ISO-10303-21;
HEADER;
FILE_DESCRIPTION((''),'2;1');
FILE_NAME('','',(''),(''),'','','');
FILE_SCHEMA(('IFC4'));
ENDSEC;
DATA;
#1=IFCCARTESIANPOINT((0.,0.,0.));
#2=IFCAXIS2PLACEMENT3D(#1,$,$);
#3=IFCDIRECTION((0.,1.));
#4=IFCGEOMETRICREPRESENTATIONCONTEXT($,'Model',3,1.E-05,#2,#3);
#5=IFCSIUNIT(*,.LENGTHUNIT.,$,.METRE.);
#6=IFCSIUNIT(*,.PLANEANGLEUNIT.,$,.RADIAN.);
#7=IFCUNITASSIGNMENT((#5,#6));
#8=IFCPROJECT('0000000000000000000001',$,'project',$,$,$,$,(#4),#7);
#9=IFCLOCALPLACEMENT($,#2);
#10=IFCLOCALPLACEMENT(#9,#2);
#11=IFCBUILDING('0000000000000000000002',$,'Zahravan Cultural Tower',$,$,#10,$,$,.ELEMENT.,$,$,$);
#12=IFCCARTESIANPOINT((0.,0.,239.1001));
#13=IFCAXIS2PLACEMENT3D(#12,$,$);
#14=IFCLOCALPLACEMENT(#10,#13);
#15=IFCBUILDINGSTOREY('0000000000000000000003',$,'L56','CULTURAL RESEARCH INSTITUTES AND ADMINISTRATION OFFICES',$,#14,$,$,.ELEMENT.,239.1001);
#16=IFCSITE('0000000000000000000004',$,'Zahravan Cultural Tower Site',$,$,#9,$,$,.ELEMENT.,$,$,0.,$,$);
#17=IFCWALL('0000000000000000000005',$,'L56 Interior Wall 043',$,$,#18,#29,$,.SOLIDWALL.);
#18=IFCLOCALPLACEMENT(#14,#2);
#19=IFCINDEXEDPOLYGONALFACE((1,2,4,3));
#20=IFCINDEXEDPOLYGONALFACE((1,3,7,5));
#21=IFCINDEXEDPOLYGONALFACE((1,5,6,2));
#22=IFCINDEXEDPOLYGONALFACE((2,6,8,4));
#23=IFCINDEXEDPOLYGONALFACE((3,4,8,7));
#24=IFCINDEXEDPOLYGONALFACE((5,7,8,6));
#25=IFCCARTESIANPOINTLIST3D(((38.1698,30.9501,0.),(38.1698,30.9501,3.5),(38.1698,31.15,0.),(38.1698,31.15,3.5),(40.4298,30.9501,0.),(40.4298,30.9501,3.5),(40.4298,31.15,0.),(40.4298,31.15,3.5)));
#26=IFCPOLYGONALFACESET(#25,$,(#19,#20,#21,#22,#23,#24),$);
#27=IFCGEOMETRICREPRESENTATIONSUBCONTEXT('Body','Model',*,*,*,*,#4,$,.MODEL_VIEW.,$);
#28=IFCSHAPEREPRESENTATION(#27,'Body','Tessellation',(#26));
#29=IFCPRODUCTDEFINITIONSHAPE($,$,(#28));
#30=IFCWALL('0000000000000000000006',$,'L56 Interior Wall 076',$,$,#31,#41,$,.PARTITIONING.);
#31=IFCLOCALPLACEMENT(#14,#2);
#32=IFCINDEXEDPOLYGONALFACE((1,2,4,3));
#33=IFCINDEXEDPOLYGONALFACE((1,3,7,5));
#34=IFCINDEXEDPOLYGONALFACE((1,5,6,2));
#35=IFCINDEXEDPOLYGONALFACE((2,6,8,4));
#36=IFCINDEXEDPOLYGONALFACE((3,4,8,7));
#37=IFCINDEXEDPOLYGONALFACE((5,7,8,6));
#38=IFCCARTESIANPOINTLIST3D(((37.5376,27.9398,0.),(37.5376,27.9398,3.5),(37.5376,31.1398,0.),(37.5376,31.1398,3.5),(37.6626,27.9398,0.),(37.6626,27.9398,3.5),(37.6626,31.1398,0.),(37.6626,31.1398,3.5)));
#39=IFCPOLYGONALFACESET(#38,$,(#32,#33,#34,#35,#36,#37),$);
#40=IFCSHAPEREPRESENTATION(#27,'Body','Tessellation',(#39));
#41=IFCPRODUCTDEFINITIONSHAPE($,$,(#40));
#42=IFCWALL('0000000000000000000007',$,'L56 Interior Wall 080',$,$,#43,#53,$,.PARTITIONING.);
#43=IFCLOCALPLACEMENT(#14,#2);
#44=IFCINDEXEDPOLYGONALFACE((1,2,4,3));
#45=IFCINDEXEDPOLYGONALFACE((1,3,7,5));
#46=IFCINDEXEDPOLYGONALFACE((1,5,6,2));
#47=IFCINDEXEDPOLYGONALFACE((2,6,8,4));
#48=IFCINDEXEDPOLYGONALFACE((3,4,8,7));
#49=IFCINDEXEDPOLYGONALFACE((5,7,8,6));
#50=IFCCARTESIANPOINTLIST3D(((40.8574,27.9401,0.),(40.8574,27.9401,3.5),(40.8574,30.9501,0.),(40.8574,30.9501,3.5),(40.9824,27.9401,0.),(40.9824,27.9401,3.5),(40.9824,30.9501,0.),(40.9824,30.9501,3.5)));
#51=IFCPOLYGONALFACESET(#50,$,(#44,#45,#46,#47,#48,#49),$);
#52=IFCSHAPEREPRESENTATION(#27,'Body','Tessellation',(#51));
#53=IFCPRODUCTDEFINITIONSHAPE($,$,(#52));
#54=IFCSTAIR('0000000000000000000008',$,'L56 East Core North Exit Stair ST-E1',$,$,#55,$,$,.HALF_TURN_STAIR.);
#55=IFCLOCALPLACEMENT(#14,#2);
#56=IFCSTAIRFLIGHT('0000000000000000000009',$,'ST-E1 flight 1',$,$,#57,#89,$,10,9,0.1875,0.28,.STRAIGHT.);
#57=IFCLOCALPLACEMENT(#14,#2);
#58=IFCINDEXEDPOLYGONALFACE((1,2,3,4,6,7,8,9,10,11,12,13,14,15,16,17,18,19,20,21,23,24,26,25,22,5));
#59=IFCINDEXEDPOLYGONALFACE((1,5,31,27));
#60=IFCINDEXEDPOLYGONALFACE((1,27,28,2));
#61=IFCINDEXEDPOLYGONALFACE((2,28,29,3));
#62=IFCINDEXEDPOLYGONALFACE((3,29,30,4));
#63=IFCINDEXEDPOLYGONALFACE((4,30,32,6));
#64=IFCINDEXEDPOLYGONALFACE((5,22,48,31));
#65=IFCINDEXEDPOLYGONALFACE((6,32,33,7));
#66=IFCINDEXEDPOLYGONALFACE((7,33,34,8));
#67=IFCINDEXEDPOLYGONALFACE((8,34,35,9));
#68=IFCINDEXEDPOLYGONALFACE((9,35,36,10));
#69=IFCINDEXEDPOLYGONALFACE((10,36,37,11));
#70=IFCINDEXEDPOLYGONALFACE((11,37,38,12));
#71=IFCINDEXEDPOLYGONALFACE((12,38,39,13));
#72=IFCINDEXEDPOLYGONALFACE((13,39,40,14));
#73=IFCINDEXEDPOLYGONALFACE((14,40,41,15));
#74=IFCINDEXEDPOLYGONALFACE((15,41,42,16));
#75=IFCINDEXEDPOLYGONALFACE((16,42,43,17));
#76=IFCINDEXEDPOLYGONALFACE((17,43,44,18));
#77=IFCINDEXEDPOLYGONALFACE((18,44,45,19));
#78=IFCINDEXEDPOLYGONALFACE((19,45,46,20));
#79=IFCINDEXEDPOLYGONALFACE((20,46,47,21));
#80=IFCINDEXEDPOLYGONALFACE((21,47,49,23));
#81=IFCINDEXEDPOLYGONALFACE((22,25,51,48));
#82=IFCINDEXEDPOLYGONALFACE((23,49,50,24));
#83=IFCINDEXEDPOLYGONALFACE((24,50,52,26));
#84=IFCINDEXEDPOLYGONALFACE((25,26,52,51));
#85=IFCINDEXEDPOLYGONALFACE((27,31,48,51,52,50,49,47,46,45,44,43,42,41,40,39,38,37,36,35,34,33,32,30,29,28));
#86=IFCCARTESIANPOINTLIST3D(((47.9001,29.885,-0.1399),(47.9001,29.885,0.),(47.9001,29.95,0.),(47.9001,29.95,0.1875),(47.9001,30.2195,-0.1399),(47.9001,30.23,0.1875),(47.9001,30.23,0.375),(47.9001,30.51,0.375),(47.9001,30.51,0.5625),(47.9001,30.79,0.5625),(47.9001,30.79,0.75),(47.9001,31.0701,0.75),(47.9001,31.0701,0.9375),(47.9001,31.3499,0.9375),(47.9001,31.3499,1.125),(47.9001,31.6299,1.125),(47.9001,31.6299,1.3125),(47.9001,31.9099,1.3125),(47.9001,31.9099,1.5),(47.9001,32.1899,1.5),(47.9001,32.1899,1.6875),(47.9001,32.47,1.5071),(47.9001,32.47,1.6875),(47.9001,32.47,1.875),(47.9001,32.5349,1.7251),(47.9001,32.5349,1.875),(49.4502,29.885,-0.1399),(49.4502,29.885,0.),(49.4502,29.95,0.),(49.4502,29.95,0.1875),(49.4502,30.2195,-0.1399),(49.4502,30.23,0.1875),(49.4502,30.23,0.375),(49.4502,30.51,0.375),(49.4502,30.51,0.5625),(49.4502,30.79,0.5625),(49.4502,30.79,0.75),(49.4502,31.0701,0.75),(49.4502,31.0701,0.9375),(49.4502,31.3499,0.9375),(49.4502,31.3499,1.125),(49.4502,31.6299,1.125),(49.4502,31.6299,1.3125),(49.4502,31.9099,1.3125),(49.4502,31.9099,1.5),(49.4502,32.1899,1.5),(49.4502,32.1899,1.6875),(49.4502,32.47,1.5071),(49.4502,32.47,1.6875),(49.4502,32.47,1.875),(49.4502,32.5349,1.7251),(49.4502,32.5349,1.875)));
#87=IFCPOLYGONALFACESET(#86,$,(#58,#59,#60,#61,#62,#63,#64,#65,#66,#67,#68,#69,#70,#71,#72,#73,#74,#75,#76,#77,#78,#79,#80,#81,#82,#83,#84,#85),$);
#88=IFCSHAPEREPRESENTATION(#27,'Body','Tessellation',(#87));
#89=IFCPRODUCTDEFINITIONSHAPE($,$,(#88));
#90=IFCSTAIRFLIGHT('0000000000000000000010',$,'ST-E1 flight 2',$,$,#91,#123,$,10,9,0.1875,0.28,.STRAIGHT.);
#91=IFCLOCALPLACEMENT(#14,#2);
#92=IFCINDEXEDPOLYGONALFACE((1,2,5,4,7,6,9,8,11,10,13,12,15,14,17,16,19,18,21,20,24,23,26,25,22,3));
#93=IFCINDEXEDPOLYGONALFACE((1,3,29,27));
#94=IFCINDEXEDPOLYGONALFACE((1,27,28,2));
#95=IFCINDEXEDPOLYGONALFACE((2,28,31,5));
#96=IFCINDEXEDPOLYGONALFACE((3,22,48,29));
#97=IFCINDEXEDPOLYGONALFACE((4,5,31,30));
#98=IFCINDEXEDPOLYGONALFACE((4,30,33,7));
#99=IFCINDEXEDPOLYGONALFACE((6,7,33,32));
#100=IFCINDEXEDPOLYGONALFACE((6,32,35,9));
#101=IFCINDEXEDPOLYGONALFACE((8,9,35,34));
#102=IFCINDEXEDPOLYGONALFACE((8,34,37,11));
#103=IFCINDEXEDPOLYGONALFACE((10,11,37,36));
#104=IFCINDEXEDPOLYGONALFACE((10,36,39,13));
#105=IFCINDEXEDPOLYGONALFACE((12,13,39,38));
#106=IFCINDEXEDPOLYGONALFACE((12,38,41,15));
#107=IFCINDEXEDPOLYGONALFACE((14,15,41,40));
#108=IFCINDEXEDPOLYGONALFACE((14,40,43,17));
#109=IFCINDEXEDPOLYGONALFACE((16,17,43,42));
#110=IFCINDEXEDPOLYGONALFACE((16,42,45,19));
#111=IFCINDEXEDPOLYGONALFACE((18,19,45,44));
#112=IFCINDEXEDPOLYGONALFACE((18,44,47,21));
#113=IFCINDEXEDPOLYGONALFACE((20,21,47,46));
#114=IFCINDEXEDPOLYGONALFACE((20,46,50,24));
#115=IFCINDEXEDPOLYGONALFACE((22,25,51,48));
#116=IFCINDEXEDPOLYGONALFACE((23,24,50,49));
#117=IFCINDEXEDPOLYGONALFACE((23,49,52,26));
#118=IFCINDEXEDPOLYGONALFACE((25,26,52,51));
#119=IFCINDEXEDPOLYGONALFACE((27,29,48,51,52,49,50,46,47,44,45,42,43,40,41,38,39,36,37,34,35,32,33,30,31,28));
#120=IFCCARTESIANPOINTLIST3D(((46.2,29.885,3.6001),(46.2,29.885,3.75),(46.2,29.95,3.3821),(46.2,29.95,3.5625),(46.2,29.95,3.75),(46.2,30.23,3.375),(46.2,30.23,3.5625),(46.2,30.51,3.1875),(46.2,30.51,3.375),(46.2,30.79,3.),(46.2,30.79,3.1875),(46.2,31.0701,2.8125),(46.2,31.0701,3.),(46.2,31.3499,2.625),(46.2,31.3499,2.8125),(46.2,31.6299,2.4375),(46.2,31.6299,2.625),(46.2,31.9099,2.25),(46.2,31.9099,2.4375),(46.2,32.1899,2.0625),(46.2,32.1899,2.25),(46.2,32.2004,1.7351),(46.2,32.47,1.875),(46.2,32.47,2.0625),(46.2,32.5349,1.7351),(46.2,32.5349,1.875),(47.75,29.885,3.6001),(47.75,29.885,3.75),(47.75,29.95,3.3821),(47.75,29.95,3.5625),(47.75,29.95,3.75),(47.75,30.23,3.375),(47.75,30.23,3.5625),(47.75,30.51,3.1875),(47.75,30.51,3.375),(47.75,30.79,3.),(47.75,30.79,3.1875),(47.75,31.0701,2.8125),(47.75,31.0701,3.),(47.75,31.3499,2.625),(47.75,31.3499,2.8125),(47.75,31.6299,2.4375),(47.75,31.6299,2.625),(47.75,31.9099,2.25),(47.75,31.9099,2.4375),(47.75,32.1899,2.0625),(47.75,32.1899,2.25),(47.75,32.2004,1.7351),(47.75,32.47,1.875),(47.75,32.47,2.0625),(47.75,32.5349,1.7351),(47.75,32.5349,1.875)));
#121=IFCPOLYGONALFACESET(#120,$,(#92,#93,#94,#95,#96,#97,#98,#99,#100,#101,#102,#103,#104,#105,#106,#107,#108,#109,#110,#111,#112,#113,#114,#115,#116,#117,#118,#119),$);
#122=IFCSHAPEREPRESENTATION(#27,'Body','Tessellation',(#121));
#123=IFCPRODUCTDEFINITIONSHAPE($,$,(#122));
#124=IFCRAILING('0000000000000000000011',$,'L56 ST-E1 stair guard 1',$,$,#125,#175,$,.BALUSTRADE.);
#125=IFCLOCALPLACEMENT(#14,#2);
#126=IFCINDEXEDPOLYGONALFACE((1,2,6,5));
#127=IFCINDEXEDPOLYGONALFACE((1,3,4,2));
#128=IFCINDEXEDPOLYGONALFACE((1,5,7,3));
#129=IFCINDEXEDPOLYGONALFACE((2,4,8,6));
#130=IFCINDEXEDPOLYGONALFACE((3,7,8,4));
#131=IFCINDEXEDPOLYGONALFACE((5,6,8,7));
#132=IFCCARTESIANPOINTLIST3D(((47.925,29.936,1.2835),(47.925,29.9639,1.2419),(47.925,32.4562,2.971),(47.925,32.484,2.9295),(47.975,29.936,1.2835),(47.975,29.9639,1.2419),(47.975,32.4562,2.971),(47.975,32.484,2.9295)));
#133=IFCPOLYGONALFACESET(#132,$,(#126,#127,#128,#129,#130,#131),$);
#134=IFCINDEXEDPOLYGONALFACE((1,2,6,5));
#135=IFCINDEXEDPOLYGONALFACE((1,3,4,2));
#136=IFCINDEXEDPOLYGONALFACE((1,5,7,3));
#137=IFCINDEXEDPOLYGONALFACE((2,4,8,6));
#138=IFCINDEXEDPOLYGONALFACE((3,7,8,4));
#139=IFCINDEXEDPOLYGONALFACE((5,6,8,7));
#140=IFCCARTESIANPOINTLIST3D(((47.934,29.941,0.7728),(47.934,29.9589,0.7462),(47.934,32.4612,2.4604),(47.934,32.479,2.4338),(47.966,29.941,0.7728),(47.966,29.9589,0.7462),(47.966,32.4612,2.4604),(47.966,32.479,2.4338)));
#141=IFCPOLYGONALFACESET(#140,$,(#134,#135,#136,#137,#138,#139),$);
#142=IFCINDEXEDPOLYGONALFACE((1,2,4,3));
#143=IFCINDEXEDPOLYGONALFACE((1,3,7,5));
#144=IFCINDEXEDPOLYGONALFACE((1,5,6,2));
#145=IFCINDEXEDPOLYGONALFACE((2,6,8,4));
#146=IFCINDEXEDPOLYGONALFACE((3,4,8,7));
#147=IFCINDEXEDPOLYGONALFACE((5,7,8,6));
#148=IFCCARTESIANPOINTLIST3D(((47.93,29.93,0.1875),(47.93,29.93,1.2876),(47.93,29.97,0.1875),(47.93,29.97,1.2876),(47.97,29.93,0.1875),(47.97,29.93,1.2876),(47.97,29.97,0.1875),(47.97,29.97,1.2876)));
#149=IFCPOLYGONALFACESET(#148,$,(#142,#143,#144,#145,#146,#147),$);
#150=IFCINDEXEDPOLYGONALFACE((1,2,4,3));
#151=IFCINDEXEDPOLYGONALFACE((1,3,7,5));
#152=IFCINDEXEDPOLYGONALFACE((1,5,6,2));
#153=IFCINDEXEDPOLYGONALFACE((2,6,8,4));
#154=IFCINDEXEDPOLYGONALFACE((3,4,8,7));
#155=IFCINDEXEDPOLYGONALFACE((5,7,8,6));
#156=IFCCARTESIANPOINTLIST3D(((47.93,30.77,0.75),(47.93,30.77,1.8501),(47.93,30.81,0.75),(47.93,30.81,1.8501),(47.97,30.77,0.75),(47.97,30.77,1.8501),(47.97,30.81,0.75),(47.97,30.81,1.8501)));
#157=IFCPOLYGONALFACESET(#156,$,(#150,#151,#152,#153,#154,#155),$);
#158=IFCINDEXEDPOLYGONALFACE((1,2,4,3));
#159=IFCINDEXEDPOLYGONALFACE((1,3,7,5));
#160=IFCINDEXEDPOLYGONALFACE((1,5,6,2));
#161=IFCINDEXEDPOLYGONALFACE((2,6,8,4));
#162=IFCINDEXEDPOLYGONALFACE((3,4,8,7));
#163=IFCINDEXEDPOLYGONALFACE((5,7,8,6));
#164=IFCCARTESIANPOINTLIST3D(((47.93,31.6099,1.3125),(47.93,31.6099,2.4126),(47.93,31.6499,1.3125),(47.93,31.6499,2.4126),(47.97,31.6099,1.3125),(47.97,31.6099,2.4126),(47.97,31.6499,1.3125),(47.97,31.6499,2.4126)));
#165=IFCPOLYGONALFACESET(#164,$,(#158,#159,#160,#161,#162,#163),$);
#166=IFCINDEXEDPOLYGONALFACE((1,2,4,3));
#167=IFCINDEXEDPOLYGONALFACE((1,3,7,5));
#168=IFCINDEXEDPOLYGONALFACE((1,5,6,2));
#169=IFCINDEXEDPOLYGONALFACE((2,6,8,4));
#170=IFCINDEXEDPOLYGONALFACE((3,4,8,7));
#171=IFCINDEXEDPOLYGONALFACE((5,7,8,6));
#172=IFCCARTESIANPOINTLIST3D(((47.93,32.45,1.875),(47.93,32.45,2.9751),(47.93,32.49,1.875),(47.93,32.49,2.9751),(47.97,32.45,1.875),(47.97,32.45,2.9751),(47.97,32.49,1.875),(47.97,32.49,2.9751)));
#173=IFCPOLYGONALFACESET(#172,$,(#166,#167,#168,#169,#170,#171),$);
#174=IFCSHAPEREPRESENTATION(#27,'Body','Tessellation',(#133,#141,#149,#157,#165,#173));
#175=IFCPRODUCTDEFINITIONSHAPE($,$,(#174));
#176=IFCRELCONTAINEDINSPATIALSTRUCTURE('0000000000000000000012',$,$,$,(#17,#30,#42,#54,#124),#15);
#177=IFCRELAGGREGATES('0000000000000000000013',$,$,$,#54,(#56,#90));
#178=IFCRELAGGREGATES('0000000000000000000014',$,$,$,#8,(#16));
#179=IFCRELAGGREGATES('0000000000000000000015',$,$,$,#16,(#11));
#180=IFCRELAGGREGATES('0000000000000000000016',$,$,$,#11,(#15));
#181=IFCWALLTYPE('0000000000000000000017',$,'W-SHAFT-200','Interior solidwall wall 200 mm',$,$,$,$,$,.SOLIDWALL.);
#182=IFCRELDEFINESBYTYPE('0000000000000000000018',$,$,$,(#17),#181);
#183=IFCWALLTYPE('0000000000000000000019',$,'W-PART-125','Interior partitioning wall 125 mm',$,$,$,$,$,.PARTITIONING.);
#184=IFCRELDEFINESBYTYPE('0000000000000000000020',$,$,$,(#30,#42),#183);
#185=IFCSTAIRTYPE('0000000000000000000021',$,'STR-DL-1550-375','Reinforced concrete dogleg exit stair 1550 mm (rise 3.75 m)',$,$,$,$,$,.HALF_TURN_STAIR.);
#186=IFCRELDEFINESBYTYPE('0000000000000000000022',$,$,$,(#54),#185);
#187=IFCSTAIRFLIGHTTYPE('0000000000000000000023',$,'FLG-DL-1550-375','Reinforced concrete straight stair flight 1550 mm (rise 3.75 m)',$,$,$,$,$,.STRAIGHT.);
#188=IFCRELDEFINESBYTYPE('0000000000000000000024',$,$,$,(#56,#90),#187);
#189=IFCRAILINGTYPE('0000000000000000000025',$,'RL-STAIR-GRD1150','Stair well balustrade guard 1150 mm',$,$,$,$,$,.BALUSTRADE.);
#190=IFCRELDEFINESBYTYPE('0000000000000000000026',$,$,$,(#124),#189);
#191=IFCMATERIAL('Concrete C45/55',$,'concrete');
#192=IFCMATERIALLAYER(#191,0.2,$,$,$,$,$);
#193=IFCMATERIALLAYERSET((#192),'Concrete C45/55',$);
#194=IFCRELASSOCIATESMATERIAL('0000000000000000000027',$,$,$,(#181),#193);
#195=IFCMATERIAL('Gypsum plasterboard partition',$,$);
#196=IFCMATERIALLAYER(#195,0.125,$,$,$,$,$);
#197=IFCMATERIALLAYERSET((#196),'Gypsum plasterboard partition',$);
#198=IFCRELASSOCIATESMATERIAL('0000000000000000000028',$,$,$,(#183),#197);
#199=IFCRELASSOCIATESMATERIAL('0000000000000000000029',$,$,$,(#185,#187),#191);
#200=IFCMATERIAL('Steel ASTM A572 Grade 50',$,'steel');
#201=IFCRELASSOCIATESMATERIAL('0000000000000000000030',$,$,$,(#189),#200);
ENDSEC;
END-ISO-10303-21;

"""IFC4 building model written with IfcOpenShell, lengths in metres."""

from ifc_helpers import new_model, si_unit, direction, frame, frame_2d, origin, origin_2d, place, context, subcontext, project, spatial, polyline, rectangle, outline, extrude, source, transform, mapped, material, layer, layer_set, type_object, element, aggregate, save


model = new_model("IFC4")

# Units and contexts
model_context = context("Model", 3, precision=1e-05, world=origin(), true_north=direction((0.0, 1.0)))
body_context = subcontext(model_context, "Body", "Model", "MODEL_VIEW")
ifc_project = project(units=[si_unit("LENGTHUNIT", "METRE"), si_unit("PLANEANGLEUNIT", "RADIAN")], contexts=[model_context])

# Site, building, storey
site_placement = place(None, origin())
site = spatial("IfcSite", under=ifc_project, at=site_placement, Name="Zahravan Cultural Tower Site", CompositionType="ELEMENT", RefElevation=0.0)
building_placement = place(site_placement, origin())
building = spatial("IfcBuilding", under=site, at=building_placement, Name="Zahravan Cultural Tower", CompositionType="ELEMENT")
storey_placement = place(building_placement, frame((0.0, 0.0, 239.1001)))
storey = spatial("IfcBuildingStorey", under=building, at=storey_placement, Name="L56", Description="CULTURAL RESEARCH INSTITUTES AND ADMINISTRATION OFFICES", CompositionType="ELEMENT", Elevation=239.1001)

# Shared definitions
ifc_material_1 = material(Name="Steel ASTM A572 Grade 50", Category="steel")
ifc_material_2 = material(Name="Concrete C45/55", Category="concrete")
ifc_layer_1 = layer(ifc_material_2, 0.2)
ifc_layer_set_1 = layer_set([ifc_layer_1], Name="Concrete C45/55")
wall_type_1 = type_object("IfcWallType", Name="W-SHAFT-200", Description="Interior solidwall wall 200 mm", PredefinedType="SOLIDWALL", material=ifc_layer_set_1)
ifc_material_3 = material(Name="Gypsum plasterboard partition")

# Walls
shared_shape_1 = source(origin(), body_context, "Body", "SweptSolid", [
    extrude(rectangle(XDim=2.26, YDim=0.2, at=frame_2d((1.1299, 0.0))), origin(), (0.0, 0.0, 1.0), 3.5),
])
wall_1_placement = place(storey_placement, frame((38.1699, 31.05, 0.0), z_axis=(0.0, 0.0, 1.0), x_axis=(1.0, 0.0, 0.0)))
element("IfcWall", 1, at=wall_1_placement, inside=storey, type_object=wall_type_1, Name="L56 Interior Wall 043", PredefinedType="SOLIDWALL", context=body_context, shape_type="MappedRepresentation", body=[
    mapped(shared_shape_1, transform((0.0, 0.0, 0.0), x_axis=(1.0, 0.0, 0.0), y_axis=(0.0, 1.0, 0.0), z_axis=(0.0, 0.0, 1.0), scale=1.0)),
])
ifc_layer_2 = layer(ifc_material_3, 0.125)
ifc_layer_set_2 = layer_set([ifc_layer_2], Name="Gypsum plasterboard partition")
wall_type_2 = type_object("IfcWallType", Name="W-PART-125", Description="Interior partitioning wall 125 mm", PredefinedType="PARTITIONING", material=ifc_layer_set_2)
shared_shape_2 = source(origin(), body_context, "Body", "SweptSolid", [
    extrude(rectangle(XDim=3.2, YDim=0.125, at=frame_2d((1.6001, 0.0))), origin(), (0.0, 0.0, 1.0), 3.5),
])
wall_2_placement = place(storey_placement, frame((37.6001, 31.1399, 0.0), z_axis=(0.0, 0.0, 1.0), x_axis=(0.0, -1.0, 0.0)))
element("IfcWall", 2, at=wall_2_placement, inside=storey, type_object=wall_type_2, Name="L56 Interior Wall 076", PredefinedType="PARTITIONING", context=body_context, shape_type="MappedRepresentation", body=[
    mapped(shared_shape_2, transform((0.0, 0.0, 0.0), x_axis=(1.0, 0.0, 0.0), y_axis=(0.0, 1.0, 0.0), z_axis=(0.0, 0.0, 1.0), scale=1.0)),
])
shared_shape_3 = source(origin(), body_context, "Body", "SweptSolid", [
    extrude(rectangle(XDim=3.01, YDim=0.125, at=frame_2d((1.5049, 0.0))), origin(), (0.0, 0.0, 1.0), 3.5),
])
wall_3_placement = place(storey_placement, frame((40.9199, 30.95, 0.0), z_axis=(0.0, 0.0, 1.0), x_axis=(0.0, -1.0, 0.0)))
element("IfcWall", 3, at=wall_3_placement, inside=storey, type_object=wall_type_2, Name="L56 Interior Wall 080", PredefinedType="PARTITIONING", context=body_context, shape_type="MappedRepresentation", body=[
    mapped(shared_shape_3, transform((0.0, 0.0, 0.0), x_axis=(1.0, 0.0, 0.0), y_axis=(0.0, 1.0, 0.0), z_axis=(0.0, 0.0, 1.0), scale=1.0)),
])

# Stair, stair flights
stair_type = type_object("IfcStairType", Name="STR-DL-1550-375", Description="Reinforced concrete dogleg exit stair 1550 mm (rise 3.75 m)", PredefinedType="HALF_TURN_STAIR", material=ifc_material_2)
stair_placement = place(storey_placement, origin())
stair = element("IfcStair", 4, at=stair_placement, inside=storey, type_object=stair_type, Name="L56 East Core North Exit Stair ST-E1", PredefinedType="HALF_TURN_STAIR")
stair_flight_type = type_object("IfcStairFlightType", Name="FLG-DL-1550-375", Description="Reinforced concrete straight stair flight 1550 mm (rise 3.75 m)", PredefinedType="STRAIGHT", material=ifc_material_2)
stair_flight_1_placement = place(storey_placement, frame((48.675, 29.95, 0.0), z_axis=(0.0, 0.0, 1.0), x_axis=(0.0, 1.0, 0.0)))
stair_flight_1 = element("IfcStairFlight", 5, at=stair_flight_1_placement, type_object=stair_flight_type, Name="ST-E1 flight 1", NumberOfRisers=10, NumberOfTreads=9, PredefinedType="STRAIGHT", RiserHeight=0.1875, TreadLength=0.28, context=body_context, shape_type="SweptSolid", body=[
    extrude(outline(polyline([(-0.0649, -0.1399), (-0.0649, 0.0), (0.0, 0.0), (0.0, 0.1875), (0.28, 0.1875), (0.28, 0.375), (0.5601, 0.375), (0.5601, 0.5625), (0.8401, 0.5625), (0.8401, 0.75), (1.1201, 0.75), (1.1201, 0.9375), (1.3999, 0.9375), (1.3999, 1.125), (1.6799, 1.125), (1.6799, 1.3125), (1.96, 1.3125), (1.96, 1.5), (2.24, 1.5), (2.24, 1.6875), (2.52, 1.6875), (2.52, 1.875), (2.585, 1.875), (2.585, 1.7251), (2.52, 1.5071), (0.2695, -0.1399), (-0.0649, -0.1399)])), frame((0.0, 0.7749, 0.0), z_axis=(0.0, -1.0, 0.0), x_axis=(1.0, 0.0, 0.0)), (0.0, 0.0, 1.0), 1.55),
])
stair_flight_2_placement = place(storey_placement, frame((46.9751, 32.47, 1.875), z_axis=(0.0, 0.0, 1.0), x_axis=(0.0, -1.0, 0.0)))
stair_flight_2 = element("IfcStairFlight", 6, at=stair_flight_2_placement, type_object=stair_flight_type, Name="ST-E1 flight 2", NumberOfRisers=10, NumberOfTreads=9, PredefinedType="STRAIGHT", RiserHeight=0.1875, TreadLength=0.28, context=body_context, shape_type="SweptSolid", body=[
    extrude(outline(polyline([(-0.0649, -0.1399), (-0.0649, 0.0), (0.0, 0.0), (0.0, 0.1875), (0.28, 0.1875), (0.28, 0.375), (0.5601, 0.375), (0.5601, 0.5625), (0.8401, 0.5625), (0.8401, 0.75), (1.1201, 0.75), (1.1201, 0.9375), (1.3999, 0.9375), (1.3999, 1.125), (1.6799, 1.125), (1.6799, 1.3125), (1.96, 1.3125), (1.96, 1.5), (2.24, 1.5), (2.24, 1.6875), (2.52, 1.6875), (2.52, 1.875), (2.585, 1.875), (2.585, 1.7251), (2.52, 1.5071), (0.2695, -0.1399), (-0.0649, -0.1399)])), frame((0.0, 0.7749, 0.0), z_axis=(0.0, -1.0, 0.0), x_axis=(1.0, 0.0, 0.0)), (0.0, 0.0, 1.0), 1.55),
])
aggregate(stair, [stair_flight_1, stair_flight_2])

# Railing
railing_type_1 = type_object("IfcRailingType", Name="RL-STAIR-GRD1150", Description="Stair well balustrade guard 1150 mm", PredefinedType="BALUSTRADE", material=ifc_material_1)
railing_1_placement = place(storey_placement, frame((47.95, 29.95, 0.1875)))
element("IfcRailing", 7, at=railing_1_placement, inside=storey, type_object=railing_type_1, Name="L56 ST-E1 stair guard 1", PredefinedType="BALUSTRADE", context=body_context, shape_type="SweptSolid", body=[
    extrude(rectangle(XDim=0.05, YDim=0.05, at=origin_2d()), frame((0.0, 0.0, 1.0752), z_axis=(0.0, 0.830909, 0.556408), x_axis=(-1.0, 0.0, 0.0)), (0.0, 0.0, 1.0), 3.033),
    extrude(rectangle(XDim=0.032, YDim=0.032, at=origin_2d()), frame((0.0, 0.0, 0.572), z_axis=(0.0, 0.830909, 0.556408), x_axis=(-1.0, 0.0, 0.0)), (0.0, 0.0, 1.0), 3.033),
    extrude(rectangle(XDim=0.04, YDim=0.04, at=origin_2d()), origin(), (0.0, 0.0, 1.0), 1.1001),
    extrude(rectangle(XDim=0.04, YDim=0.04, at=origin_2d()), frame((0.0, 0.8401, 0.5625)), (0.0, 0.0, 1.0), 1.1001),
    extrude(rectangle(XDim=0.04, YDim=0.04, at=origin_2d()), frame((0.0, 1.6799, 1.125)), (0.0, 0.0, 1.0), 1.1001),
    extrude(rectangle(XDim=0.04, YDim=0.04, at=origin_2d()), frame((0.0, 2.52, 1.6875)), (0.0, 0.0, 1.0), 1.1001),
])

save(model, "model.ifc")
